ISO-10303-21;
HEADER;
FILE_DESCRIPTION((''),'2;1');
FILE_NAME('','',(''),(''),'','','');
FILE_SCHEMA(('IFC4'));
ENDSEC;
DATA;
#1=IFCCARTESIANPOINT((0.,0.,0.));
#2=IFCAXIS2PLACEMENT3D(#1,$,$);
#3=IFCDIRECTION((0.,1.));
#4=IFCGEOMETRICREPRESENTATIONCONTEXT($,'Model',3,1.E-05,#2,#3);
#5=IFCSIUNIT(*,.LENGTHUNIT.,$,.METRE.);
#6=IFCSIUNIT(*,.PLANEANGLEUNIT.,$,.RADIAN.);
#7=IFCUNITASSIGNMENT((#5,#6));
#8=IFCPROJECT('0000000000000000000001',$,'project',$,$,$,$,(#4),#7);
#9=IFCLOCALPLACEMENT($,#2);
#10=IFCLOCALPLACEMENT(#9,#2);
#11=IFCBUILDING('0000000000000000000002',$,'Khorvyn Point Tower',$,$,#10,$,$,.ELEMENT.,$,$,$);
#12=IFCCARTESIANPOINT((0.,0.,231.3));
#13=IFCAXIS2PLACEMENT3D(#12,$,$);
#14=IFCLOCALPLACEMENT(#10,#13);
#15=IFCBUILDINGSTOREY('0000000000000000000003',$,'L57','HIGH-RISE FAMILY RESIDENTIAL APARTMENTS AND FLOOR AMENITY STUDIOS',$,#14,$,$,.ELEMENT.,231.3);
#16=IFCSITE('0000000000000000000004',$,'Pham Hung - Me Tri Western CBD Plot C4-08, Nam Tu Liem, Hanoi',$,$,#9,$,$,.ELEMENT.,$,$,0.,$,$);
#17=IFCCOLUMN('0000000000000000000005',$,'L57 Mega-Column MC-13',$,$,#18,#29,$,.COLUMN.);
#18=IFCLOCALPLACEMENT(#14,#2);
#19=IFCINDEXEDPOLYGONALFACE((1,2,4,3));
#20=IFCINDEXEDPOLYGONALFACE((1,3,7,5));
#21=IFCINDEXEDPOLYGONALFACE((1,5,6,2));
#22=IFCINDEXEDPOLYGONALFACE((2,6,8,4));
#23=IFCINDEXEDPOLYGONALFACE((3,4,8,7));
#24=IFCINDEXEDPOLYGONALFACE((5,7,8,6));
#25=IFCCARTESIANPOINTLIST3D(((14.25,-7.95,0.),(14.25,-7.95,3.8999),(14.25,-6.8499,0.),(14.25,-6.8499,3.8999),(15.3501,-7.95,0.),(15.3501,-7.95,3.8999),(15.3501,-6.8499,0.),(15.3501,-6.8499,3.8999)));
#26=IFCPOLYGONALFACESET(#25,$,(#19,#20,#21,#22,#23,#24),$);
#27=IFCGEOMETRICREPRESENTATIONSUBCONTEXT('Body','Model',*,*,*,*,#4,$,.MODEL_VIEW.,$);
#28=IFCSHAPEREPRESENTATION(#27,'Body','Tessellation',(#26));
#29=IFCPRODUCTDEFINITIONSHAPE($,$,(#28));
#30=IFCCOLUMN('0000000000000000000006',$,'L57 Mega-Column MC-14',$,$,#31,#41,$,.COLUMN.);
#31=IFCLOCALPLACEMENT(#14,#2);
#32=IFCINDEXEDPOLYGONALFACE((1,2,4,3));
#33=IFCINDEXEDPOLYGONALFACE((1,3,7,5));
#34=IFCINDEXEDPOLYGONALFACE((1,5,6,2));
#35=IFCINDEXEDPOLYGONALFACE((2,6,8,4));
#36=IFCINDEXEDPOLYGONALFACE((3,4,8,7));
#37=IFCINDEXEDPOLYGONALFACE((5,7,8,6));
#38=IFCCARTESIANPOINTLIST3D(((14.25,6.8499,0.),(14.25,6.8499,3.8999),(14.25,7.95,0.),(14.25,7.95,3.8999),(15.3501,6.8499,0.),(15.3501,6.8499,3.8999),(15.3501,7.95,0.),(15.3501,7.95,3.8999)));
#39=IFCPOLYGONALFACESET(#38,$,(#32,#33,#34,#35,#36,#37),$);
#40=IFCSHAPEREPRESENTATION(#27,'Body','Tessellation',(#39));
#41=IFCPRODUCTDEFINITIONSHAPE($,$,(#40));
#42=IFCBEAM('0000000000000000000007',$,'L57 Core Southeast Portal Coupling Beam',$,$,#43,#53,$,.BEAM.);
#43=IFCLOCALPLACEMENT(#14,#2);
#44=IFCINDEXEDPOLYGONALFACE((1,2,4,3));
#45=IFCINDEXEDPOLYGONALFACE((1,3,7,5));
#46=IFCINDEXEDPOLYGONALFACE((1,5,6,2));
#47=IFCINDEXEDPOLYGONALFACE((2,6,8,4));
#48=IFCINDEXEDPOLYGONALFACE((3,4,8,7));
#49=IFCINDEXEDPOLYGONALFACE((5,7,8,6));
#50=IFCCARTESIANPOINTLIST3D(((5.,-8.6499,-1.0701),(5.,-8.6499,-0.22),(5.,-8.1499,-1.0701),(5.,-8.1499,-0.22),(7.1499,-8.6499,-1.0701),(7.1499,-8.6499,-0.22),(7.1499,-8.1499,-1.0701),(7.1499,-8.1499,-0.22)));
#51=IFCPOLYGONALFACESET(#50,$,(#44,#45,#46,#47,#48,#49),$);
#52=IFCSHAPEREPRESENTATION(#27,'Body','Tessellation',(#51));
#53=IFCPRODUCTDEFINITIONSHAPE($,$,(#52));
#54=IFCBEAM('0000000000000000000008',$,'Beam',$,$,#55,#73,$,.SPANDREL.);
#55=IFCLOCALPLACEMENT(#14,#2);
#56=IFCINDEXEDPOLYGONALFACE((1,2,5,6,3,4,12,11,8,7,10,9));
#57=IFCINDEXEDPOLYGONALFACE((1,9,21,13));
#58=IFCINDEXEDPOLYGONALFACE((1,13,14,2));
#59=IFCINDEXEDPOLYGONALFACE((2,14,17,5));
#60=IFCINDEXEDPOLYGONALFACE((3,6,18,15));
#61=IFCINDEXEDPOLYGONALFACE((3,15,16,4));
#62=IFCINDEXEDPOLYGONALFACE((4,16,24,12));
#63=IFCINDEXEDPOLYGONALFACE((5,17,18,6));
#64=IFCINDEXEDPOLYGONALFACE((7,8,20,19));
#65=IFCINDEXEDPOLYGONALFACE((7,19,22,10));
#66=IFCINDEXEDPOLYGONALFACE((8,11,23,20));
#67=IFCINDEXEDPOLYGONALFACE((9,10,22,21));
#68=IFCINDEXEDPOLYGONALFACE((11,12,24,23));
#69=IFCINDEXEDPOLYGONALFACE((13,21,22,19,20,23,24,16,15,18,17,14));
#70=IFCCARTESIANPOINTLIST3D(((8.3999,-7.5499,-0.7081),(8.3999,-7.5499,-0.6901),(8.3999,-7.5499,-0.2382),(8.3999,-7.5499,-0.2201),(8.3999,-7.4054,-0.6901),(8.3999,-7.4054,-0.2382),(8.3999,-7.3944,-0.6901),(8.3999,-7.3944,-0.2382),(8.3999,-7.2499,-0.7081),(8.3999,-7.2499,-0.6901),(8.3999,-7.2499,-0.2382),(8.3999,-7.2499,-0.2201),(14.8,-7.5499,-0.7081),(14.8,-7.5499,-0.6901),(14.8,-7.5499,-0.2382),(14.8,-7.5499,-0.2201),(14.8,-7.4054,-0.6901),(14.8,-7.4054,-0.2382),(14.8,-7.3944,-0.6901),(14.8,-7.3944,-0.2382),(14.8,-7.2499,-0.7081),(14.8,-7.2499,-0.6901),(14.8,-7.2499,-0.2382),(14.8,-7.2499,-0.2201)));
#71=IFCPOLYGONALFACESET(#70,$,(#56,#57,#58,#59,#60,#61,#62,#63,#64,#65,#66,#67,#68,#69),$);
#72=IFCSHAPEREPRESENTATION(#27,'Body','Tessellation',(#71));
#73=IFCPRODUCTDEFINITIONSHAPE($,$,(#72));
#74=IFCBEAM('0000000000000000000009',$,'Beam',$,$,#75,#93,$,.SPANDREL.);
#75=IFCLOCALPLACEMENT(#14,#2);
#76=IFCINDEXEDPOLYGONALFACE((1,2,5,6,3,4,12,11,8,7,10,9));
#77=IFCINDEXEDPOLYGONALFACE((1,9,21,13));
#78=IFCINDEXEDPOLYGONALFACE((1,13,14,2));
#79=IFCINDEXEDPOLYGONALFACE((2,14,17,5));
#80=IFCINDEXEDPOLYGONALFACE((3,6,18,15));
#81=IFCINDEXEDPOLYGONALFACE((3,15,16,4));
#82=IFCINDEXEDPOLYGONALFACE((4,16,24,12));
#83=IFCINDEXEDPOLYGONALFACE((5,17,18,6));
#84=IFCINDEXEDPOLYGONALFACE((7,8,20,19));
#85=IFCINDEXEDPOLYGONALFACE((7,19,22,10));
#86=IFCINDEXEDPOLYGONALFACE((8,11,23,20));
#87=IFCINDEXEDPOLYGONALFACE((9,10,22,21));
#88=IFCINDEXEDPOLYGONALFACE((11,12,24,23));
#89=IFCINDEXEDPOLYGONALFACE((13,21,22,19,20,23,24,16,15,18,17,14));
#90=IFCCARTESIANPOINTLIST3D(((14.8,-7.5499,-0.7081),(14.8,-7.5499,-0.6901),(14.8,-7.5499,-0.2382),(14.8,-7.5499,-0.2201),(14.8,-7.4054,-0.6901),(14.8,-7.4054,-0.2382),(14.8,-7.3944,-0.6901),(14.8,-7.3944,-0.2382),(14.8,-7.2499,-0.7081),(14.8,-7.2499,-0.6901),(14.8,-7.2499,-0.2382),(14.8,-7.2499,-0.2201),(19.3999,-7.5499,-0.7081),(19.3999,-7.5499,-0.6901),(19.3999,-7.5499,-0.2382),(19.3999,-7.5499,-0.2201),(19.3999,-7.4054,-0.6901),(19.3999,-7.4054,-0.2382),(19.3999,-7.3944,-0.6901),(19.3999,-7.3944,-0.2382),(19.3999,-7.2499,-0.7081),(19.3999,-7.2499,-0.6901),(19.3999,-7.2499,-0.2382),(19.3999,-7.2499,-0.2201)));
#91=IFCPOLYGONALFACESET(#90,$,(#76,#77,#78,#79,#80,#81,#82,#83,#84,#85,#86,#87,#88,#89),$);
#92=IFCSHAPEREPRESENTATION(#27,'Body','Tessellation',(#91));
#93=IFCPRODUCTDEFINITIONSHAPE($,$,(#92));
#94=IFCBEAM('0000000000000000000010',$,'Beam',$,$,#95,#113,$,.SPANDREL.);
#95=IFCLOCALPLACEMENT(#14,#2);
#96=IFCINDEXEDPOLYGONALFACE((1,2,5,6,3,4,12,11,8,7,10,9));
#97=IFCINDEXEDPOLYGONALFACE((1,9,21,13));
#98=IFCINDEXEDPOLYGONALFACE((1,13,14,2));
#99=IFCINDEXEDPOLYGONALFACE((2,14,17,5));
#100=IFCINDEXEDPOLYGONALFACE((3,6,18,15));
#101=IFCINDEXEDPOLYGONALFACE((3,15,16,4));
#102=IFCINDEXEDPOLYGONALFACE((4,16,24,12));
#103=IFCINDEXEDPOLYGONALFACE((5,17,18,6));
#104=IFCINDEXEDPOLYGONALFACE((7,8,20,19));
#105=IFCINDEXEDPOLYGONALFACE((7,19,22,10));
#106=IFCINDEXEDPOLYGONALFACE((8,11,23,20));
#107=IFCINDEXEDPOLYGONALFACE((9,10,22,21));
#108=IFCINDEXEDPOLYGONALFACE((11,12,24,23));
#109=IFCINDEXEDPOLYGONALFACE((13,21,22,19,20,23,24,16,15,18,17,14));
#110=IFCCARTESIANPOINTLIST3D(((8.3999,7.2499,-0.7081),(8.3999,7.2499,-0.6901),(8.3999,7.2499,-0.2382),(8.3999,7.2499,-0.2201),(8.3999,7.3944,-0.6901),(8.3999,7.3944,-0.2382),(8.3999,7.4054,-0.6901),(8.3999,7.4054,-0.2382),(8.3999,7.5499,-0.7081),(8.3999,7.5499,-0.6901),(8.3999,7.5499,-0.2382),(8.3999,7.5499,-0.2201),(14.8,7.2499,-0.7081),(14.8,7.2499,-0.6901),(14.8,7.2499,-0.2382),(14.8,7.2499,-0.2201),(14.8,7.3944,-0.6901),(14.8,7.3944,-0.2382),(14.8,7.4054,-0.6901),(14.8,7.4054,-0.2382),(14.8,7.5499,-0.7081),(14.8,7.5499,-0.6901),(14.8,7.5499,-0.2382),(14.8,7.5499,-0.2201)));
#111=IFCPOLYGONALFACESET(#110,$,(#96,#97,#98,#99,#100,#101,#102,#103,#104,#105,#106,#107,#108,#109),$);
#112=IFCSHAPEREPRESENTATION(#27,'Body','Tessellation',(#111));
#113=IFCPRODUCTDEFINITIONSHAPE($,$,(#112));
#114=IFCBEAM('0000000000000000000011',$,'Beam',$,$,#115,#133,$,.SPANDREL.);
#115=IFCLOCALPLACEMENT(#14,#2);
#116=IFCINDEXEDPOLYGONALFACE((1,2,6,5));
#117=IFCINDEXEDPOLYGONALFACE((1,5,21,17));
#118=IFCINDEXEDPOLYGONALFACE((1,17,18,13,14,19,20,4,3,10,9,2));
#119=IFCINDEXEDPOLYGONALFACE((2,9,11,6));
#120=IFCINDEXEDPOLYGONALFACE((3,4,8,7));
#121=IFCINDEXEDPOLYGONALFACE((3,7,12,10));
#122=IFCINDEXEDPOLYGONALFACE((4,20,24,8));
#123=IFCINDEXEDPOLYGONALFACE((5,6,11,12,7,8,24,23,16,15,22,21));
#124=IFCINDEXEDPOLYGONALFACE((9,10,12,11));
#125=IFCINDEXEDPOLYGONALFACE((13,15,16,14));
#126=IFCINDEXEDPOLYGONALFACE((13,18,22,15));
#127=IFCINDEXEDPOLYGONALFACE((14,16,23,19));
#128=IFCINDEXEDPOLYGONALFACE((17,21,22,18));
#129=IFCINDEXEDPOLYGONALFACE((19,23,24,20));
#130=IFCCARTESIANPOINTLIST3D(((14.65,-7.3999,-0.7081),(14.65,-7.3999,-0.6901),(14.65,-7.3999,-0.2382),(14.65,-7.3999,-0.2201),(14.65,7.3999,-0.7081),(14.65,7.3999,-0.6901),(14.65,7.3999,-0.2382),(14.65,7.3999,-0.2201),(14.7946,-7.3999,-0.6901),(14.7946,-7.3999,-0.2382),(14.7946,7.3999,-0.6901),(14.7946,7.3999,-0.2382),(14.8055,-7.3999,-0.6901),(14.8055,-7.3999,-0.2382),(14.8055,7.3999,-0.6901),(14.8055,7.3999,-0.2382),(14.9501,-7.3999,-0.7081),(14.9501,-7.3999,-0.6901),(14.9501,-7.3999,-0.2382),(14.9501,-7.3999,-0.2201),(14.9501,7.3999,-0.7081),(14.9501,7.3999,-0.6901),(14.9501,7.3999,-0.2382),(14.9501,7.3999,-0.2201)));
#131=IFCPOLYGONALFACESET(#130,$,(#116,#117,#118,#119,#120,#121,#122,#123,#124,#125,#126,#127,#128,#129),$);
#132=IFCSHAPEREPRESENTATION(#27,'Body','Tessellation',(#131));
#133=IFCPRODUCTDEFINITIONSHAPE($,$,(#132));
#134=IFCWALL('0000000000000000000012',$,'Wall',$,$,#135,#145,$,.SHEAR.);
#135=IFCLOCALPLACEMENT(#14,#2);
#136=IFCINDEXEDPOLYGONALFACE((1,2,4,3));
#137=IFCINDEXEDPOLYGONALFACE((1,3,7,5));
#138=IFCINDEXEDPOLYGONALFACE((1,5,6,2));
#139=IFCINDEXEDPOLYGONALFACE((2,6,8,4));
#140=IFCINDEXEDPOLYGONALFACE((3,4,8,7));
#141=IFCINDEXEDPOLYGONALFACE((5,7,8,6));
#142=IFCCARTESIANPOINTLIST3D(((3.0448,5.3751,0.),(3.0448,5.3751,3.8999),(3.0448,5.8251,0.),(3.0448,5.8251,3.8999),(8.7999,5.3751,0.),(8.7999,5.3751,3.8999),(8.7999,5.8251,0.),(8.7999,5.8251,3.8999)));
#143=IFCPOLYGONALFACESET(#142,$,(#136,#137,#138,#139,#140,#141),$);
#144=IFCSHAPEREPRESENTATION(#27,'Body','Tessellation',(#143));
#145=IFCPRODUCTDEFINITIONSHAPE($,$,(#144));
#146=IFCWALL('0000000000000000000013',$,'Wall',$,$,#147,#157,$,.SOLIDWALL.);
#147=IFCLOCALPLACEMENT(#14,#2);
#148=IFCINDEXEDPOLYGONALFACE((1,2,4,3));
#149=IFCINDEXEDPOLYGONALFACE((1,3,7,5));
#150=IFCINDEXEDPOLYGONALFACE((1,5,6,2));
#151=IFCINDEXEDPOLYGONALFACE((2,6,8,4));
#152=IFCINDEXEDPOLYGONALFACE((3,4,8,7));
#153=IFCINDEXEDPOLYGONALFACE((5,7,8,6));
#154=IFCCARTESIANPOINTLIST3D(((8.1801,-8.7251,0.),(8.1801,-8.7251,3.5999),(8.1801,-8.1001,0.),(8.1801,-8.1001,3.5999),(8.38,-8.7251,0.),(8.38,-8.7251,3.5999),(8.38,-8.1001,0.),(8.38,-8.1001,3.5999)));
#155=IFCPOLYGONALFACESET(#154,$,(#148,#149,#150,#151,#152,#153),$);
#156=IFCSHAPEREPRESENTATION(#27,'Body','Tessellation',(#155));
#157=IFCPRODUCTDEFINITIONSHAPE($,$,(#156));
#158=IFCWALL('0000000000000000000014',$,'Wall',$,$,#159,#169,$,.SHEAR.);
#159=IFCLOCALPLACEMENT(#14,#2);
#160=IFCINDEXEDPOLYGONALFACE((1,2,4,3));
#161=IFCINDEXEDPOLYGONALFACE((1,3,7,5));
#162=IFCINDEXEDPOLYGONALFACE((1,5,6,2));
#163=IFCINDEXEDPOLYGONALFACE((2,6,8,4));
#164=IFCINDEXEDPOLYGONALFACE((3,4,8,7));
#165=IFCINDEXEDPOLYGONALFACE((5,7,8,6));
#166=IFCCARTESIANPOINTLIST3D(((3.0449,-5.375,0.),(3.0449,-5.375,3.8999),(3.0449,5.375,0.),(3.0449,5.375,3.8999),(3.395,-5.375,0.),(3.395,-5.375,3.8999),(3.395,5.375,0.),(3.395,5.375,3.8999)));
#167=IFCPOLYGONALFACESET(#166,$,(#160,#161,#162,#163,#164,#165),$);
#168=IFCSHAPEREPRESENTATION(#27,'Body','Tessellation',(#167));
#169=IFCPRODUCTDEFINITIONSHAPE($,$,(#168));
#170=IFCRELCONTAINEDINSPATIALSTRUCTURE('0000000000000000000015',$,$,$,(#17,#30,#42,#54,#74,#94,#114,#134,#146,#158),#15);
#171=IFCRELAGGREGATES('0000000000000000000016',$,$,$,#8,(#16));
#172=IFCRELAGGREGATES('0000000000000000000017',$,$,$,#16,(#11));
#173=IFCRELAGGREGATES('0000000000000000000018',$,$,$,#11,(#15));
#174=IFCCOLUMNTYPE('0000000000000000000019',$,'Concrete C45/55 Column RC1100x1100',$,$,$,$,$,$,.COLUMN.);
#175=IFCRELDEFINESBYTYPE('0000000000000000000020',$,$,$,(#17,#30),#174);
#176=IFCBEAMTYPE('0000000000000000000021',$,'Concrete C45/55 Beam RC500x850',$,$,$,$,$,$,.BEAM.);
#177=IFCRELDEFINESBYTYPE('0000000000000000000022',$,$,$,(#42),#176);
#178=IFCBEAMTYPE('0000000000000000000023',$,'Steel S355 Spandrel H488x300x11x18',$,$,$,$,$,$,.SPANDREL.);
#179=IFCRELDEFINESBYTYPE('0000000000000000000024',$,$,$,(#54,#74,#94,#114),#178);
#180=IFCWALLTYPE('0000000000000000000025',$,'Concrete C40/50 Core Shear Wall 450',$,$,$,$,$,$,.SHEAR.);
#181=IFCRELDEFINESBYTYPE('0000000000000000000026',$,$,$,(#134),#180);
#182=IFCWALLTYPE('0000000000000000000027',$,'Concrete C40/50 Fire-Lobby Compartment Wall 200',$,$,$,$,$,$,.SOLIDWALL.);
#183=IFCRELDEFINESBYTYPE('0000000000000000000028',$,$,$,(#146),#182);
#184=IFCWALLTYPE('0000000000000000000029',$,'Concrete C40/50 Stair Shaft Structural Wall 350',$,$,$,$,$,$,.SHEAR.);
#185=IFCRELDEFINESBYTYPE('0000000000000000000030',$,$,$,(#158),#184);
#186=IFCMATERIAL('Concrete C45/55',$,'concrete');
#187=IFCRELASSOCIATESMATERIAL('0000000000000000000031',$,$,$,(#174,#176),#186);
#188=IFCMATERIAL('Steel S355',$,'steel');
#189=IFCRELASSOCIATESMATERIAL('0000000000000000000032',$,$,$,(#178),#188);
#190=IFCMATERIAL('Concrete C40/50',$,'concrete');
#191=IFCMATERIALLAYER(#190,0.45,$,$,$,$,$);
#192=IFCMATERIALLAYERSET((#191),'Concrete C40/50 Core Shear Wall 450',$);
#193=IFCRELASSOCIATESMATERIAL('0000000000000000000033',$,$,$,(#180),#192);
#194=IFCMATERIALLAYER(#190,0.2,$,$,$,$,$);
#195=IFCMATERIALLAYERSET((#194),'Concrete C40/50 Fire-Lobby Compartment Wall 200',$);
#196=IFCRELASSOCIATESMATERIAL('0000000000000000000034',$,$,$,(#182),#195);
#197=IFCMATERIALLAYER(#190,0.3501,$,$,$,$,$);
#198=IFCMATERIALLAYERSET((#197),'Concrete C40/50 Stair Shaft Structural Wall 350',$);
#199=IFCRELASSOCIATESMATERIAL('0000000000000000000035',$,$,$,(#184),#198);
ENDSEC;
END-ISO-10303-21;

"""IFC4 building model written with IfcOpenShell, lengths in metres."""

from ifc_helpers import new_model, si_unit, direction, frame, frame_2d, origin, origin_2d, place, context, subcontext, project, spatial, rectangle, i_section, extrude, material, layer, layer_set, material_profile, profile_set, type_object, element, save


model = new_model("IFC4")

# Units and contexts
model_context = context("Model", 3, precision=1e-05, world=origin(), true_north=direction((0.0, 1.0)))
body_context = subcontext(model_context, "Body", "Model", "MODEL_VIEW")
ifc_project = project(units=[si_unit("LENGTHUNIT", "METRE"), si_unit("PLANEANGLEUNIT", "RADIAN")], contexts=[model_context])

# Site, building, storey
site_placement = place(None, origin())
site = spatial("IfcSite", under=ifc_project, at=site_placement, Name="Pham Hung - Me Tri Western CBD Plot C4-08, Nam Tu Liem, Hanoi", CompositionType="ELEMENT", RefElevation=0.0)
building_placement = place(site_placement, origin())
building = spatial("IfcBuilding", under=site, at=building_placement, Name="Khorvyn Point Tower", CompositionType="ELEMENT")
storey_placement = place(building_placement, frame((0.0, 0.0, 231.3)))
storey = spatial("IfcBuildingStorey", under=building, at=storey_placement, Name="L57", Description="HIGH-RISE FAMILY RESIDENTIAL APARTMENTS AND FLOOR AMENITY STUDIOS", CompositionType="ELEMENT", Elevation=231.3)

# Columns
ifc_material_1 = material(Name="Concrete C45/55", Category="concrete")
ifc_material_profile_1 = material_profile(ifc_material_1, rectangle(XDim=1.1001, YDim=1.1001, at=origin_2d()))
ifc_profile_set_1 = profile_set([ifc_material_profile_1], Name="Concrete C45/55 RC1100x1100")
column_type = type_object("IfcColumnType", Name="Concrete C45/55 Column RC1100x1100", PredefinedType="COLUMN", material=ifc_profile_set_1)
for number, where, z_axis, x_axis, name in (
    (1, (14.8, -7.3999, 0.0), (0.0, 0.0, 1.0), (1.0, 0.0, 0.0), "L57 Mega-Column MC-13"),
    (2, (14.8, 7.3999, 0.0), (0.0, 0.0, 1.0), (1.0, 0.0, 0.0), "L57 Mega-Column MC-14"),
):
    element("IfcColumn", number, at=place(storey_placement, frame(where, z_axis=z_axis, x_axis=x_axis)), inside=storey, type_object=column_type, Name=name, PredefinedType="COLUMN", context=body_context, shape_type="SweptSolid", body=[
        extrude(rectangle(XDim=1.1001, YDim=1.1001, at=origin_2d()), origin(), (0.0, 0.0, 1.0), 3.8999),
    ])

# Beams
ifc_material_profile_2 = material_profile(ifc_material_1, rectangle(XDim=0.5, YDim=0.8501, at=origin_2d()))
ifc_profile_set_2 = profile_set([ifc_material_profile_2], Name="Concrete C45/55 RC500x850")
beam_type_1 = type_object("IfcBeamType", Name="Concrete C45/55 Beam RC500x850", PredefinedType="BEAM", material=ifc_profile_set_2)
beam_1_placement = place(storey_placement, frame((5.0, -8.3999, -0.645), z_axis=(1.0, 0.0, 0.0), x_axis=(0.0, 1.0, 0.0)))
element("IfcBeam", 3, at=beam_1_placement, inside=storey, type_object=beam_type_1, Name="L57 Core Southeast Portal Coupling Beam", PredefinedType="BEAM", context=body_context, shape_type="SweptSolid", body=[
    extrude(rectangle(XDim=0.5, YDim=0.8501, at=origin_2d()), origin(), (0.0, 0.0, 1.0), 2.1499),
])
ifc_material_2 = material(Name="Steel S355", Category="steel")
ifc_material_profile_3 = material_profile(ifc_material_2, i_section(OverallWidth=0.3, OverallDepth=0.488, WebThickness=0.011, FlangeThickness=0.0181, at=origin_2d()))
ifc_profile_set_3 = profile_set([ifc_material_profile_3], Name="Steel S355 H488x300x11x18")
beam_type_2 = type_object("IfcBeamType", Name="Steel S355 Spandrel H488x300x11x18", PredefinedType="SPANDREL", material=ifc_profile_set_3)
beam_2_placement = place(storey_placement, frame((8.3999, -7.3999, -0.4641), z_axis=(1.0, 0.0, 0.0), x_axis=(0.0, 1.0, 0.0)))
element("IfcBeam", 4, at=beam_2_placement, inside=storey, type_object=beam_type_2, Name="Beam", PredefinedType="SPANDREL", context=body_context, shape_type="SweptSolid", body=[
    extrude(i_section(OverallWidth=0.3, OverallDepth=0.488, WebThickness=0.011, FlangeThickness=0.0181, at=origin_2d()), origin(), (0.0, 0.0, 1.0), 6.4001),
])
beam_3_placement = place(storey_placement, frame((14.8, -7.3999, -0.4641), z_axis=(1.0, 0.0, 0.0), x_axis=(0.0, 1.0, 0.0)))
element("IfcBeam", 5, at=beam_3_placement, inside=storey, type_object=beam_type_2, Name="Beam", PredefinedType="SPANDREL", context=body_context, shape_type="SweptSolid", body=[
    extrude(i_section(OverallWidth=0.3, OverallDepth=0.488, WebThickness=0.011, FlangeThickness=0.0181, at=origin_2d()), origin(), (0.0, 0.0, 1.0), 4.5999),
])
beam_4_placement = place(storey_placement, frame((8.3999, 7.3999, -0.4641), z_axis=(1.0, 0.0, 0.0), x_axis=(0.0, 1.0, 0.0)))
element("IfcBeam", 6, at=beam_4_placement, inside=storey, type_object=beam_type_2, Name="Beam", PredefinedType="SPANDREL", context=body_context, shape_type="SweptSolid", body=[
    extrude(i_section(OverallWidth=0.3, OverallDepth=0.488, WebThickness=0.011, FlangeThickness=0.0181, at=origin_2d()), origin(), (0.0, 0.0, 1.0), 6.4001),
])
beam_5_placement = place(storey_placement, frame((14.8, -7.3999, -0.4641), z_axis=(0.0, 1.0, 0.0), x_axis=(-1.0, 0.0, 0.0)))
element("IfcBeam", 7, at=beam_5_placement, inside=storey, type_object=beam_type_2, Name="Beam", PredefinedType="SPANDREL", context=body_context, shape_type="SweptSolid", body=[
    extrude(i_section(OverallWidth=0.3, OverallDepth=0.488, WebThickness=0.011, FlangeThickness=0.0181, at=origin_2d()), origin(), (0.0, 0.0, 1.0), 14.7998),
])

# Wall
ifc_material_3 = material(Name="Concrete C40/50", Category="concrete")
ifc_layer_1 = layer(ifc_material_3, 0.45)
ifc_layer_set_1 = layer_set([ifc_layer_1], Name="Concrete C40/50 Core Shear Wall 450")
wall_type_1 = type_object("IfcWallType", Name="Concrete C40/50 Core Shear Wall 450", PredefinedType="SHEAR", material=ifc_layer_set_1)
wall_1_placement = place(storey_placement, frame((3.0449, 5.6001, 0.0), z_axis=(0.0, 0.0, 1.0), x_axis=(1.0, 0.0, 0.0)))
element("IfcWall", 8, at=wall_1_placement, inside=storey, type_object=wall_type_1, Name="Wall", PredefinedType="SHEAR", context=body_context, shape_type="SweptSolid", body=[
    extrude(rectangle(XDim=5.7551, YDim=0.45, at=frame_2d((2.8774, 0.0))), origin(), (0.0, 0.0, 1.0), 3.8999),
])

# Shared definitions
ifc_layer_2 = layer(ifc_material_3, 0.2)
ifc_layer_set_2 = layer_set([ifc_layer_2], Name="Concrete C40/50 Fire-Lobby Compartment Wall 200")
wall_type_2 = type_object("IfcWallType", Name="Concrete C40/50 Fire-Lobby Compartment Wall 200", PredefinedType="SOLIDWALL", material=ifc_layer_set_2)

# Walls
wall_2_placement = place(storey_placement, frame((8.28, -8.7251, 0.0), z_axis=(0.0, 0.0, 1.0), x_axis=(0.0, 1.0, 0.0)))
element("IfcWall", 9, at=wall_2_placement, inside=storey, type_object=wall_type_2, Name="Wall", PredefinedType="SOLIDWALL", context=body_context, shape_type="SweptSolid", body=[
    extrude(rectangle(XDim=0.625, YDim=0.2, at=frame_2d((0.3125, 0.0))), origin(), (0.0, 0.0, 1.0), 3.5999),
])
ifc_layer_3 = layer(ifc_material_3, 0.3501)
ifc_layer_set_3 = layer_set([ifc_layer_3], Name="Concrete C40/50 Stair Shaft Structural Wall 350")
wall_type_3 = type_object("IfcWallType", Name="Concrete C40/50 Stair Shaft Structural Wall 350", PredefinedType="SHEAR", material=ifc_layer_set_3)
wall_3_placement = place(storey_placement, frame((3.22, -5.375, 0.0), z_axis=(0.0, 0.0, 1.0), x_axis=(0.0, 1.0, 0.0)))
element("IfcWall", 10, at=wall_3_placement, inside=storey, type_object=wall_type_3, Name="Wall", PredefinedType="SHEAR", context=body_context, shape_type="SweptSolid", body=[
    extrude(rectangle(XDim=10.75, YDim=0.3501, at=frame_2d((5.375, 0.0))), origin(), (0.0, 0.0, 1.0), 3.8999),
])

save(model, "model.ifc")
